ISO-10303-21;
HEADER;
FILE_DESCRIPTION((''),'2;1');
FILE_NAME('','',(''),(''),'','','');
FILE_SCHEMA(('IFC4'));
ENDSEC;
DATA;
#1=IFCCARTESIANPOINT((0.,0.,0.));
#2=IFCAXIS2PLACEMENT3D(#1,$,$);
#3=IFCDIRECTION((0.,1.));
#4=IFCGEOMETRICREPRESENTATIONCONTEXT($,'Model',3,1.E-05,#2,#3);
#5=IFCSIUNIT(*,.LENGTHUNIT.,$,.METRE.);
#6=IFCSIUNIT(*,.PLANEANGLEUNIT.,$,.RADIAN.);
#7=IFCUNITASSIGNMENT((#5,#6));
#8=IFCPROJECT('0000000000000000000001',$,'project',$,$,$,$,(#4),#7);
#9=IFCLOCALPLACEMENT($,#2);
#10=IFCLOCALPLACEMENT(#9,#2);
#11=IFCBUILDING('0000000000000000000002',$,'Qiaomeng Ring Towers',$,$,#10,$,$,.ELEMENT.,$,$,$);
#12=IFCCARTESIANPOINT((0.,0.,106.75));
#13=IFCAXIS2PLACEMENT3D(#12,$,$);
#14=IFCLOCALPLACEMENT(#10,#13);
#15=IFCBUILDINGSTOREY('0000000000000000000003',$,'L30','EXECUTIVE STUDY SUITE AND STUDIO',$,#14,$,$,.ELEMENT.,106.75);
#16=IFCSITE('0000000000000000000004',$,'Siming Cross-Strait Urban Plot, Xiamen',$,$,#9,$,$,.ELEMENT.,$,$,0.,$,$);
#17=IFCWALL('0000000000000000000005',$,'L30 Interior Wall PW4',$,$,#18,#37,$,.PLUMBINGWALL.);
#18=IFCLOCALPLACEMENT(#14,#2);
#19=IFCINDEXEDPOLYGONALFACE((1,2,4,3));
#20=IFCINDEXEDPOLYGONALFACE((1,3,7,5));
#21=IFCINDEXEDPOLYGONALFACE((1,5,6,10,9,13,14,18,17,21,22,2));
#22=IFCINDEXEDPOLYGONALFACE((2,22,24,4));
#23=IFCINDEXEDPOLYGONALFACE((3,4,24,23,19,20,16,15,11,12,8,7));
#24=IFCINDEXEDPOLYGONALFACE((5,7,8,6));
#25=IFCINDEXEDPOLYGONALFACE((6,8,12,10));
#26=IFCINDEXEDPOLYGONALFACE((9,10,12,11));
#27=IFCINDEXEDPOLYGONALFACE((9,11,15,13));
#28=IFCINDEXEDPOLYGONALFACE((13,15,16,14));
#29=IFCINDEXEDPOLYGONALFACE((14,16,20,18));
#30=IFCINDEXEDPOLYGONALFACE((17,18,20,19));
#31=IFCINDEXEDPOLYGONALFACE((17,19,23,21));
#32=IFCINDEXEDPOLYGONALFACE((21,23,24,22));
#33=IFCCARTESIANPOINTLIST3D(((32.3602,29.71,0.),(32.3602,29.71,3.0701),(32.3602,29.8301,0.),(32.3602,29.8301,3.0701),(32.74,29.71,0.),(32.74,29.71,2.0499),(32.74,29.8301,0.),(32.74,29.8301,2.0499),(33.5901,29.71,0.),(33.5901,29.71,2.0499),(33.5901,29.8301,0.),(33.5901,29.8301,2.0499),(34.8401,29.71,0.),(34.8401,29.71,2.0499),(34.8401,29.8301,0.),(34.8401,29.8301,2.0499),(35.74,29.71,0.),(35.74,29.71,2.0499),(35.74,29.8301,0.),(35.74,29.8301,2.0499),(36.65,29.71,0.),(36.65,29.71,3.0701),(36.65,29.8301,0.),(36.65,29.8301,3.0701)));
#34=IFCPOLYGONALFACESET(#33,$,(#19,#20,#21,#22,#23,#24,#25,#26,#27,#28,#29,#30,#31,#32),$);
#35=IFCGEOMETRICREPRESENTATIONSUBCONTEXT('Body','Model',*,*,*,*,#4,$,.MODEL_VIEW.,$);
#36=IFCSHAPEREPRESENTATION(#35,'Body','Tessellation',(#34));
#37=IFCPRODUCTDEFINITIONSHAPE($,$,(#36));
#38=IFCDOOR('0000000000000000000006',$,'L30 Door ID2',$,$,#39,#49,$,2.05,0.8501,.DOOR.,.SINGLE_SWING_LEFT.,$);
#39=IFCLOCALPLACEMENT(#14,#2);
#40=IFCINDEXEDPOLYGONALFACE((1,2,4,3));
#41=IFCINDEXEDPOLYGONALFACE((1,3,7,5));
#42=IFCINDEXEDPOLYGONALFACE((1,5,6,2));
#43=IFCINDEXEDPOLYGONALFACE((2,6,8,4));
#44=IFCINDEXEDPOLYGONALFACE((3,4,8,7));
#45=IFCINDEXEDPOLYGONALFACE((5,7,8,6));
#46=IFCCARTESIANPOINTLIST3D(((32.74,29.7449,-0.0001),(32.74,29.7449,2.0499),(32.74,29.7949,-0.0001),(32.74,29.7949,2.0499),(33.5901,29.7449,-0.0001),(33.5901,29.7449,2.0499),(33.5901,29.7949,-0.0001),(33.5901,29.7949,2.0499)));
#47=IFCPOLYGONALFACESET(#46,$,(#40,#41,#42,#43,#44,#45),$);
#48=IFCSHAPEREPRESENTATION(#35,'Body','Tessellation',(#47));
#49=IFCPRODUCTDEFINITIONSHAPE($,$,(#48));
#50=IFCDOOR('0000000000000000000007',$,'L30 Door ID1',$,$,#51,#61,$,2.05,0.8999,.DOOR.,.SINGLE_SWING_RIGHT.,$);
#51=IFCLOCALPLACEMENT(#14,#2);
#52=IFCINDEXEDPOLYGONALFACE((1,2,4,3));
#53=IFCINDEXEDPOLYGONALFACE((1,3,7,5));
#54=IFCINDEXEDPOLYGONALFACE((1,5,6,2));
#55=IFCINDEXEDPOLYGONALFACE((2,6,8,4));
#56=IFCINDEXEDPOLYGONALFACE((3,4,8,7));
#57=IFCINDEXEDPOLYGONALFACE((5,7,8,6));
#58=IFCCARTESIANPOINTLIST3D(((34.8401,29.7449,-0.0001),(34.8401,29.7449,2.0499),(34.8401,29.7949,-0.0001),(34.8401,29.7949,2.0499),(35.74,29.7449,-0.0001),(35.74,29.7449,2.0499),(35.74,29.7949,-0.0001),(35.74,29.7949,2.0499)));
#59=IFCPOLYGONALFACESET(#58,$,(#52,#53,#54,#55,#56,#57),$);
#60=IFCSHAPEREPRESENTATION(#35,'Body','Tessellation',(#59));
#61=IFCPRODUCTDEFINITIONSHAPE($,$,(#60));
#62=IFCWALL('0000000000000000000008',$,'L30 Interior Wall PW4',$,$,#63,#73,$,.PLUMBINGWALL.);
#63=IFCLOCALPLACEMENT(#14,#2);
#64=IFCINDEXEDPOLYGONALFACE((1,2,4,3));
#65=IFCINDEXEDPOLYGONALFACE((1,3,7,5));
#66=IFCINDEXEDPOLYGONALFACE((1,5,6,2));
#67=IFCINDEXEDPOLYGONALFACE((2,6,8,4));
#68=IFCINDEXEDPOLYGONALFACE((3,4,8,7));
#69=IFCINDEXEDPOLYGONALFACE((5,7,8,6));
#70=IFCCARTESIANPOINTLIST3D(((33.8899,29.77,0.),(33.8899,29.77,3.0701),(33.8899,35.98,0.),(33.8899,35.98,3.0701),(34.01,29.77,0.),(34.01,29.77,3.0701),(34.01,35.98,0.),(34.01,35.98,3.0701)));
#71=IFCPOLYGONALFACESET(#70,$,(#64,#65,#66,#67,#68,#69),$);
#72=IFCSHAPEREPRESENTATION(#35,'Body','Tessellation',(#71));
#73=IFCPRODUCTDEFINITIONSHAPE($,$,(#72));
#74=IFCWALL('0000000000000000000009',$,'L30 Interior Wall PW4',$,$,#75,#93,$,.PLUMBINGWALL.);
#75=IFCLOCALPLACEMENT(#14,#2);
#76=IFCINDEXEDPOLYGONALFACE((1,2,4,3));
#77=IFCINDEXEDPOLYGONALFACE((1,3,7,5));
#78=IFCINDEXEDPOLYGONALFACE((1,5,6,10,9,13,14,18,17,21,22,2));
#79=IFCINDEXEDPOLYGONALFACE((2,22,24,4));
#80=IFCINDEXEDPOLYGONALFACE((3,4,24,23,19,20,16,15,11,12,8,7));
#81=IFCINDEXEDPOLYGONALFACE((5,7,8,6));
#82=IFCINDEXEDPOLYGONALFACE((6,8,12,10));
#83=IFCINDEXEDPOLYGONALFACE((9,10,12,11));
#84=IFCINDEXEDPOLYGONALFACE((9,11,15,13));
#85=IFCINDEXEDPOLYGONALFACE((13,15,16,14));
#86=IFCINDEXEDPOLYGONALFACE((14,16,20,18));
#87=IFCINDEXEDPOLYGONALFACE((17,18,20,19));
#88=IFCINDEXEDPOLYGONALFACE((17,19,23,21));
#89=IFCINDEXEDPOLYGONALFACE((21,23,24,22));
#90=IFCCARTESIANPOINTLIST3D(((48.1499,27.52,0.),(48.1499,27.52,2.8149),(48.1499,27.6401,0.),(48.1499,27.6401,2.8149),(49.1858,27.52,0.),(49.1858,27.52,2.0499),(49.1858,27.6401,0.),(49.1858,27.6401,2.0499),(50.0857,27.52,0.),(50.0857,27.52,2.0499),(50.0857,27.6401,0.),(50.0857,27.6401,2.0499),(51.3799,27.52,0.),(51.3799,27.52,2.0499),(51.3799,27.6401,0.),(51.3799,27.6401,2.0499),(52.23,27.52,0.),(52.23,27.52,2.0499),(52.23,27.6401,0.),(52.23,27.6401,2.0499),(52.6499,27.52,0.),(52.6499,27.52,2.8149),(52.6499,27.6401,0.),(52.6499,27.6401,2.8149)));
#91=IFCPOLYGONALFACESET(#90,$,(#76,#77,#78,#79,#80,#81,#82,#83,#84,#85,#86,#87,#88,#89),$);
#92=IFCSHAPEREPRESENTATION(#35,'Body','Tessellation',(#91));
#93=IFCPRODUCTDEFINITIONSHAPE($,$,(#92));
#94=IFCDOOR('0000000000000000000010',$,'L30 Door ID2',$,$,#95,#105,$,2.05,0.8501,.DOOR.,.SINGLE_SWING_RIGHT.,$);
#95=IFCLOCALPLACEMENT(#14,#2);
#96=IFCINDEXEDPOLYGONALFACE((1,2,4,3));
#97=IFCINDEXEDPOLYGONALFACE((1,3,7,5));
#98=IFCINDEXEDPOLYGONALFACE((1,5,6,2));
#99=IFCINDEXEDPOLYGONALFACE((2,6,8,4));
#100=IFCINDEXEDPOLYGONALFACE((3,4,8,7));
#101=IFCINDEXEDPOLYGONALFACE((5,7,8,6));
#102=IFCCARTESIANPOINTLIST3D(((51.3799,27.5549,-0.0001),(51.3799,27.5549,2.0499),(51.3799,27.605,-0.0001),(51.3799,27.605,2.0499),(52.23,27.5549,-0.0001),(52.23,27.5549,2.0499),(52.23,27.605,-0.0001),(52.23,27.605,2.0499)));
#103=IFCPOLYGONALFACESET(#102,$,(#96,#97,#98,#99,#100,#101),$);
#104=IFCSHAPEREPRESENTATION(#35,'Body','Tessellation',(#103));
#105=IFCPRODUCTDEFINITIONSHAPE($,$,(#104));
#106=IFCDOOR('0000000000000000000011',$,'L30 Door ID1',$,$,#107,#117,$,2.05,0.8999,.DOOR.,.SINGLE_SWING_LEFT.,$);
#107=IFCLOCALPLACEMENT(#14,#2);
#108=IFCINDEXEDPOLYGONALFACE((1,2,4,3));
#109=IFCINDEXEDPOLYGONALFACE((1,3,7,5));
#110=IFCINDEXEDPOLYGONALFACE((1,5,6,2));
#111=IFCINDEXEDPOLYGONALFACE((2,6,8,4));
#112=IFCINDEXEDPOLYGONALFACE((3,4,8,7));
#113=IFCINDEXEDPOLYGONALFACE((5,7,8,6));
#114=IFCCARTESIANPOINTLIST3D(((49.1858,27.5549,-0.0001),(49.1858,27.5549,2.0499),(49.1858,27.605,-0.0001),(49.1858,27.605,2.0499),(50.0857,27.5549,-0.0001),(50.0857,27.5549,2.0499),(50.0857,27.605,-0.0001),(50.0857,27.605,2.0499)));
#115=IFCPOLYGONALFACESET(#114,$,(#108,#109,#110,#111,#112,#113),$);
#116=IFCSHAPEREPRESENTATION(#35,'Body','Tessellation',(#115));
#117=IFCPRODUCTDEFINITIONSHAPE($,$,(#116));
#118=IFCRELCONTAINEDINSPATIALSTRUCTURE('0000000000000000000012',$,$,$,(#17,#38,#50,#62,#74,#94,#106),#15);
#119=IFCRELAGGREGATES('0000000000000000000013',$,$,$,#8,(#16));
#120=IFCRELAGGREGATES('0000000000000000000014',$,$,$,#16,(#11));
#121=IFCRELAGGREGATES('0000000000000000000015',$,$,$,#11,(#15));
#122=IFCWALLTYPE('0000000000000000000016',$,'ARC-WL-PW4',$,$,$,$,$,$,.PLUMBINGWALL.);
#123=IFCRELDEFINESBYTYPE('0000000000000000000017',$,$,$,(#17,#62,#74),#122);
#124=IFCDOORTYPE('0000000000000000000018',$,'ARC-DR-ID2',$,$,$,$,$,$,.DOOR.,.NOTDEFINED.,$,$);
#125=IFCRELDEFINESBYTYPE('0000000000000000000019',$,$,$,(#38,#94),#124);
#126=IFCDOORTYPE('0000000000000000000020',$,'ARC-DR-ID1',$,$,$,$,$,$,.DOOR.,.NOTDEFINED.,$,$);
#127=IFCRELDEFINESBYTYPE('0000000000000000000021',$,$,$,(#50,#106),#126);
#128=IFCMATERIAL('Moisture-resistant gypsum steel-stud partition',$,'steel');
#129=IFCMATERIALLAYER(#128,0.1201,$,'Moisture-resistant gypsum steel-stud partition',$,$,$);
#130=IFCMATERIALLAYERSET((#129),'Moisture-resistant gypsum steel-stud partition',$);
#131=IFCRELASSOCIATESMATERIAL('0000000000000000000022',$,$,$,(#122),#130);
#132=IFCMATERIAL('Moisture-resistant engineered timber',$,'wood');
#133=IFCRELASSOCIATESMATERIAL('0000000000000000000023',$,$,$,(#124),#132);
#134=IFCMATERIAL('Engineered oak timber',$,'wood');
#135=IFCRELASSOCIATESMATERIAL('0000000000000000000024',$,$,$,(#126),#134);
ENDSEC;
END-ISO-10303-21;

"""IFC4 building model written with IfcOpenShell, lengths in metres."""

from ifc_helpers import new_model, si_unit, direction, frame, frame_2d, origin, place, context, subcontext, project, spatial, rectangle, extrude, source, transform, mapped, material, layer, layer_set, type_object, element, fill, save


model = new_model("IFC4")

# Units and contexts
model_context = context("Model", 3, precision=1e-05, world=origin(), true_north=direction((0.0, 1.0)))
body_context = subcontext(model_context, "Body", "Model", "MODEL_VIEW")
ifc_project = project(units=[si_unit("LENGTHUNIT", "METRE"), si_unit("PLANEANGLEUNIT", "RADIAN")], contexts=[model_context])

# Site, building, storey
site_placement = place(None, origin())
site = spatial("IfcSite", under=ifc_project, at=site_placement, Name="Siming Cross-Strait Urban Plot, Xiamen", CompositionType="ELEMENT", RefElevation=0.0)
building_placement = place(site_placement, origin())
building = spatial("IfcBuilding", under=site, at=building_placement, Name="Qiaomeng Ring Towers", CompositionType="ELEMENT")
storey_placement = place(building_placement, frame((0.0, 0.0, 106.75)))
storey = spatial("IfcBuildingStorey", under=building, at=storey_placement, Name="L30", Description="EXECUTIVE STUDY SUITE AND STUDIO", CompositionType="ELEMENT", Elevation=106.75)

# Wall, openings, doors
ifc_material_1 = material(Name="Moisture-resistant gypsum steel-stud partition", Category="steel")
ifc_layer_1 = layer(ifc_material_1, 0.1201, Name="Moisture-resistant gypsum steel-stud partition")
ifc_layer_set_1 = layer_set([ifc_layer_1], Name="Moisture-resistant gypsum steel-stud partition")
wall_type_1 = type_object("IfcWallType", Name="ARC-WL-PW4", PredefinedType="PLUMBINGWALL", material=ifc_layer_set_1)
wall_1_placement = place(storey_placement, frame((32.3601, 29.77, 0.0), z_axis=(0.0, 0.0, 1.0), x_axis=(1.0, 0.0, 0.0)))
wall_1 = element("IfcWall", 1, at=wall_1_placement, inside=storey, type_object=wall_type_1, Name="L30 Interior Wall PW4", PredefinedType="PLUMBINGWALL", context=body_context, shape_type="SweptSolid", body=[
    extrude(rectangle(XDim=4.2898, YDim=0.1201, at=frame_2d((2.145, 0.0))), origin(), (0.0, 0.0, 1.0), 3.0701),
])
opening_1_placement = place(wall_1_placement, frame((0.3799, 0.0, 0.0)))
opening_1 = element("IfcOpeningElement", 2, at=opening_1_placement, cuts=wall_1, PredefinedType="OPENING", context=body_context, shape_type="SweptSolid", body=[
    extrude(rectangle(XDim=0.8501, YDim=2.05, at=frame_2d((0.425, 1.0249))), frame((0.0, 0.0701, 0.0), z_axis=(0.0, -1.0, 0.0), x_axis=(1.0, 0.0, 0.0)), (0.0, 0.0, 1.0), 0.1401),
])
opening_2_placement = place(wall_1_placement, frame((2.48, 0.0, 0.0)))
opening_2 = element("IfcOpeningElement", 3, at=opening_2_placement, cuts=wall_1, PredefinedType="OPENING", context=body_context, shape_type="SweptSolid", body=[
    extrude(rectangle(XDim=0.8999, YDim=2.05, at=frame_2d((0.45, 1.0249))), frame((0.0, 0.0701, 0.0), z_axis=(0.0, -1.0, 0.0), x_axis=(1.0, 0.0, 0.0)), (0.0, 0.0, 1.0), 0.1401),
])
ifc_material_2 = material(Name="Moisture-resistant engineered timber", Category="wood")
door_type_1 = type_object("IfcDoorType", Name="ARC-DR-ID2", OperationType="NOTDEFINED", PredefinedType="DOOR", material=ifc_material_2)
shared_shape_1 = source(origin(), body_context, "Body", "SweptSolid", [
    extrude(rectangle(XDim=0.8501, YDim=2.05, at=frame_2d((0.425, 1.0249))), frame((0.0, 0.0249, 0.0), z_axis=(0.0, -1.0, 0.0), x_axis=(1.0, 0.0, 0.0)), (0.0, 0.0, 1.0), 0.05),
])
door_1_placement = place(opening_1_placement, origin())
door_1 = element("IfcDoor", 4, at=door_1_placement, inside=storey, type_object=door_type_1, Name="L30 Door ID2", OperationType="SINGLE_SWING_LEFT", OverallHeight=2.05, OverallWidth=0.8501, PredefinedType="DOOR", context=body_context, shape_type="MappedRepresentation", body=[
    mapped(shared_shape_1, transform((0.0, 0.0, 0.0), x_axis=(1.0, 0.0, 0.0), y_axis=(0.0, 1.0, 0.0), z_axis=(0.0, 0.0, 1.0), scale=1.0)),
])
fill(opening_1, door_1)
ifc_material_3 = material(Name="Engineered oak timber", Category="wood")
door_type_2 = type_object("IfcDoorType", Name="ARC-DR-ID1", OperationType="NOTDEFINED", PredefinedType="DOOR", material=ifc_material_3)
shared_shape_2 = source(origin(), body_context, "Body", "SweptSolid", [
    extrude(rectangle(XDim=0.8999, YDim=2.05, at=frame_2d((0.45, 1.0249))), frame((0.0, 0.0249, 0.0), z_axis=(0.0, -1.0, 0.0), x_axis=(1.0, 0.0, 0.0)), (0.0, 0.0, 1.0), 0.05),
])
door_2_placement = place(opening_2_placement, origin())
door_2 = element("IfcDoor", 5, at=door_2_placement, inside=storey, type_object=door_type_2, Name="L30 Door ID1", OperationType="SINGLE_SWING_RIGHT", OverallHeight=2.05, OverallWidth=0.8999, PredefinedType="DOOR", context=body_context, shape_type="MappedRepresentation", body=[
    mapped(shared_shape_2, transform((0.0, 0.0, 0.0), x_axis=(1.0, 0.0, 0.0), y_axis=(0.0, 1.0, 0.0), z_axis=(0.0, 0.0, 1.0), scale=1.0)),
])
fill(opening_2, door_2)

# Wall
wall_2_placement = place(storey_placement, frame((33.95, 29.77, 0.0), z_axis=(0.0, 0.0, 1.0), x_axis=(0.0, 1.0, 0.0)))
element("IfcWall", 6, at=wall_2_placement, inside=storey, type_object=wall_type_1, Name="L30 Interior Wall PW4", PredefinedType="PLUMBINGWALL", context=body_context, shape_type="SweptSolid", body=[
    extrude(rectangle(XDim=6.21, YDim=0.1201, at=frame_2d((3.105, 0.0))), origin(), (0.0, 0.0, 1.0), 3.0701),
])

# Wall, openings, doors
wall_3_placement = place(storey_placement, frame((48.1499, 27.5801, 0.0), z_axis=(0.0, 0.0, 1.0), x_axis=(1.0, 0.0, 0.0)))
wall_3 = element("IfcWall", 7, at=wall_3_placement, inside=storey, type_object=wall_type_1, Name="L30 Interior Wall PW4", PredefinedType="PLUMBINGWALL", context=body_context, shape_type="SweptSolid", body=[
    extrude(rectangle(XDim=4.5, YDim=0.1201, at=frame_2d((2.25, 0.0))), origin(), (0.0, 0.0, 1.0), 2.8149),
])
opening_3_placement = place(wall_3_placement, frame((1.0359, 0.0, 0.0)))
opening_3 = element("IfcOpeningElement", 8, at=opening_3_placement, cuts=wall_3, PredefinedType="OPENING", context=body_context, shape_type="SweptSolid", body=[
    extrude(rectangle(XDim=0.8999, YDim=2.05, at=frame_2d((0.45, 1.0249))), frame((0.0, 0.0701, 0.0), z_axis=(0.0, -1.0, 0.0), x_axis=(1.0, 0.0, 0.0)), (0.0, 0.0, 1.0), 0.1401),
])
opening_4_placement = place(wall_3_placement, frame((3.23, 0.0, 0.0)))
opening_4 = element("IfcOpeningElement", 9, at=opening_4_placement, cuts=wall_3, PredefinedType="OPENING", context=body_context, shape_type="SweptSolid", body=[
    extrude(rectangle(XDim=0.8501, YDim=2.05, at=frame_2d((0.425, 1.0249))), frame((0.0, 0.0701, 0.0), z_axis=(0.0, -1.0, 0.0), x_axis=(1.0, 0.0, 0.0)), (0.0, 0.0, 1.0), 0.1401),
])
door_3_placement = place(opening_4_placement, origin())
door_3 = element("IfcDoor", 10, at=door_3_placement, inside=storey, type_object=door_type_1, Name="L30 Door ID2", OperationType="SINGLE_SWING_RIGHT", OverallHeight=2.05, OverallWidth=0.8501, PredefinedType="DOOR", context=body_context, shape_type="MappedRepresentation", body=[
    mapped(shared_shape_1, transform((0.0, 0.0, 0.0), x_axis=(1.0, 0.0, 0.0), y_axis=(0.0, 1.0, 0.0), z_axis=(0.0, 0.0, 1.0), scale=1.0)),
])
fill(opening_4, door_3)
door_4_placement = place(opening_3_placement, origin())
door_4 = element("IfcDoor", 11, at=door_4_placement, inside=storey, type_object=door_type_2, Name="L30 Door ID1", OperationType="SINGLE_SWING_LEFT", OverallHeight=2.05, OverallWidth=0.8999, PredefinedType="DOOR", context=body_context, shape_type="MappedRepresentation", body=[
    mapped(shared_shape_2, transform((0.0, 0.0, 0.0), x_axis=(1.0, 0.0, 0.0), y_axis=(0.0, 1.0, 0.0), z_axis=(0.0, 0.0, 1.0), scale=1.0)),
])
fill(opening_3, door_4)

save(model, "model.ifc")
